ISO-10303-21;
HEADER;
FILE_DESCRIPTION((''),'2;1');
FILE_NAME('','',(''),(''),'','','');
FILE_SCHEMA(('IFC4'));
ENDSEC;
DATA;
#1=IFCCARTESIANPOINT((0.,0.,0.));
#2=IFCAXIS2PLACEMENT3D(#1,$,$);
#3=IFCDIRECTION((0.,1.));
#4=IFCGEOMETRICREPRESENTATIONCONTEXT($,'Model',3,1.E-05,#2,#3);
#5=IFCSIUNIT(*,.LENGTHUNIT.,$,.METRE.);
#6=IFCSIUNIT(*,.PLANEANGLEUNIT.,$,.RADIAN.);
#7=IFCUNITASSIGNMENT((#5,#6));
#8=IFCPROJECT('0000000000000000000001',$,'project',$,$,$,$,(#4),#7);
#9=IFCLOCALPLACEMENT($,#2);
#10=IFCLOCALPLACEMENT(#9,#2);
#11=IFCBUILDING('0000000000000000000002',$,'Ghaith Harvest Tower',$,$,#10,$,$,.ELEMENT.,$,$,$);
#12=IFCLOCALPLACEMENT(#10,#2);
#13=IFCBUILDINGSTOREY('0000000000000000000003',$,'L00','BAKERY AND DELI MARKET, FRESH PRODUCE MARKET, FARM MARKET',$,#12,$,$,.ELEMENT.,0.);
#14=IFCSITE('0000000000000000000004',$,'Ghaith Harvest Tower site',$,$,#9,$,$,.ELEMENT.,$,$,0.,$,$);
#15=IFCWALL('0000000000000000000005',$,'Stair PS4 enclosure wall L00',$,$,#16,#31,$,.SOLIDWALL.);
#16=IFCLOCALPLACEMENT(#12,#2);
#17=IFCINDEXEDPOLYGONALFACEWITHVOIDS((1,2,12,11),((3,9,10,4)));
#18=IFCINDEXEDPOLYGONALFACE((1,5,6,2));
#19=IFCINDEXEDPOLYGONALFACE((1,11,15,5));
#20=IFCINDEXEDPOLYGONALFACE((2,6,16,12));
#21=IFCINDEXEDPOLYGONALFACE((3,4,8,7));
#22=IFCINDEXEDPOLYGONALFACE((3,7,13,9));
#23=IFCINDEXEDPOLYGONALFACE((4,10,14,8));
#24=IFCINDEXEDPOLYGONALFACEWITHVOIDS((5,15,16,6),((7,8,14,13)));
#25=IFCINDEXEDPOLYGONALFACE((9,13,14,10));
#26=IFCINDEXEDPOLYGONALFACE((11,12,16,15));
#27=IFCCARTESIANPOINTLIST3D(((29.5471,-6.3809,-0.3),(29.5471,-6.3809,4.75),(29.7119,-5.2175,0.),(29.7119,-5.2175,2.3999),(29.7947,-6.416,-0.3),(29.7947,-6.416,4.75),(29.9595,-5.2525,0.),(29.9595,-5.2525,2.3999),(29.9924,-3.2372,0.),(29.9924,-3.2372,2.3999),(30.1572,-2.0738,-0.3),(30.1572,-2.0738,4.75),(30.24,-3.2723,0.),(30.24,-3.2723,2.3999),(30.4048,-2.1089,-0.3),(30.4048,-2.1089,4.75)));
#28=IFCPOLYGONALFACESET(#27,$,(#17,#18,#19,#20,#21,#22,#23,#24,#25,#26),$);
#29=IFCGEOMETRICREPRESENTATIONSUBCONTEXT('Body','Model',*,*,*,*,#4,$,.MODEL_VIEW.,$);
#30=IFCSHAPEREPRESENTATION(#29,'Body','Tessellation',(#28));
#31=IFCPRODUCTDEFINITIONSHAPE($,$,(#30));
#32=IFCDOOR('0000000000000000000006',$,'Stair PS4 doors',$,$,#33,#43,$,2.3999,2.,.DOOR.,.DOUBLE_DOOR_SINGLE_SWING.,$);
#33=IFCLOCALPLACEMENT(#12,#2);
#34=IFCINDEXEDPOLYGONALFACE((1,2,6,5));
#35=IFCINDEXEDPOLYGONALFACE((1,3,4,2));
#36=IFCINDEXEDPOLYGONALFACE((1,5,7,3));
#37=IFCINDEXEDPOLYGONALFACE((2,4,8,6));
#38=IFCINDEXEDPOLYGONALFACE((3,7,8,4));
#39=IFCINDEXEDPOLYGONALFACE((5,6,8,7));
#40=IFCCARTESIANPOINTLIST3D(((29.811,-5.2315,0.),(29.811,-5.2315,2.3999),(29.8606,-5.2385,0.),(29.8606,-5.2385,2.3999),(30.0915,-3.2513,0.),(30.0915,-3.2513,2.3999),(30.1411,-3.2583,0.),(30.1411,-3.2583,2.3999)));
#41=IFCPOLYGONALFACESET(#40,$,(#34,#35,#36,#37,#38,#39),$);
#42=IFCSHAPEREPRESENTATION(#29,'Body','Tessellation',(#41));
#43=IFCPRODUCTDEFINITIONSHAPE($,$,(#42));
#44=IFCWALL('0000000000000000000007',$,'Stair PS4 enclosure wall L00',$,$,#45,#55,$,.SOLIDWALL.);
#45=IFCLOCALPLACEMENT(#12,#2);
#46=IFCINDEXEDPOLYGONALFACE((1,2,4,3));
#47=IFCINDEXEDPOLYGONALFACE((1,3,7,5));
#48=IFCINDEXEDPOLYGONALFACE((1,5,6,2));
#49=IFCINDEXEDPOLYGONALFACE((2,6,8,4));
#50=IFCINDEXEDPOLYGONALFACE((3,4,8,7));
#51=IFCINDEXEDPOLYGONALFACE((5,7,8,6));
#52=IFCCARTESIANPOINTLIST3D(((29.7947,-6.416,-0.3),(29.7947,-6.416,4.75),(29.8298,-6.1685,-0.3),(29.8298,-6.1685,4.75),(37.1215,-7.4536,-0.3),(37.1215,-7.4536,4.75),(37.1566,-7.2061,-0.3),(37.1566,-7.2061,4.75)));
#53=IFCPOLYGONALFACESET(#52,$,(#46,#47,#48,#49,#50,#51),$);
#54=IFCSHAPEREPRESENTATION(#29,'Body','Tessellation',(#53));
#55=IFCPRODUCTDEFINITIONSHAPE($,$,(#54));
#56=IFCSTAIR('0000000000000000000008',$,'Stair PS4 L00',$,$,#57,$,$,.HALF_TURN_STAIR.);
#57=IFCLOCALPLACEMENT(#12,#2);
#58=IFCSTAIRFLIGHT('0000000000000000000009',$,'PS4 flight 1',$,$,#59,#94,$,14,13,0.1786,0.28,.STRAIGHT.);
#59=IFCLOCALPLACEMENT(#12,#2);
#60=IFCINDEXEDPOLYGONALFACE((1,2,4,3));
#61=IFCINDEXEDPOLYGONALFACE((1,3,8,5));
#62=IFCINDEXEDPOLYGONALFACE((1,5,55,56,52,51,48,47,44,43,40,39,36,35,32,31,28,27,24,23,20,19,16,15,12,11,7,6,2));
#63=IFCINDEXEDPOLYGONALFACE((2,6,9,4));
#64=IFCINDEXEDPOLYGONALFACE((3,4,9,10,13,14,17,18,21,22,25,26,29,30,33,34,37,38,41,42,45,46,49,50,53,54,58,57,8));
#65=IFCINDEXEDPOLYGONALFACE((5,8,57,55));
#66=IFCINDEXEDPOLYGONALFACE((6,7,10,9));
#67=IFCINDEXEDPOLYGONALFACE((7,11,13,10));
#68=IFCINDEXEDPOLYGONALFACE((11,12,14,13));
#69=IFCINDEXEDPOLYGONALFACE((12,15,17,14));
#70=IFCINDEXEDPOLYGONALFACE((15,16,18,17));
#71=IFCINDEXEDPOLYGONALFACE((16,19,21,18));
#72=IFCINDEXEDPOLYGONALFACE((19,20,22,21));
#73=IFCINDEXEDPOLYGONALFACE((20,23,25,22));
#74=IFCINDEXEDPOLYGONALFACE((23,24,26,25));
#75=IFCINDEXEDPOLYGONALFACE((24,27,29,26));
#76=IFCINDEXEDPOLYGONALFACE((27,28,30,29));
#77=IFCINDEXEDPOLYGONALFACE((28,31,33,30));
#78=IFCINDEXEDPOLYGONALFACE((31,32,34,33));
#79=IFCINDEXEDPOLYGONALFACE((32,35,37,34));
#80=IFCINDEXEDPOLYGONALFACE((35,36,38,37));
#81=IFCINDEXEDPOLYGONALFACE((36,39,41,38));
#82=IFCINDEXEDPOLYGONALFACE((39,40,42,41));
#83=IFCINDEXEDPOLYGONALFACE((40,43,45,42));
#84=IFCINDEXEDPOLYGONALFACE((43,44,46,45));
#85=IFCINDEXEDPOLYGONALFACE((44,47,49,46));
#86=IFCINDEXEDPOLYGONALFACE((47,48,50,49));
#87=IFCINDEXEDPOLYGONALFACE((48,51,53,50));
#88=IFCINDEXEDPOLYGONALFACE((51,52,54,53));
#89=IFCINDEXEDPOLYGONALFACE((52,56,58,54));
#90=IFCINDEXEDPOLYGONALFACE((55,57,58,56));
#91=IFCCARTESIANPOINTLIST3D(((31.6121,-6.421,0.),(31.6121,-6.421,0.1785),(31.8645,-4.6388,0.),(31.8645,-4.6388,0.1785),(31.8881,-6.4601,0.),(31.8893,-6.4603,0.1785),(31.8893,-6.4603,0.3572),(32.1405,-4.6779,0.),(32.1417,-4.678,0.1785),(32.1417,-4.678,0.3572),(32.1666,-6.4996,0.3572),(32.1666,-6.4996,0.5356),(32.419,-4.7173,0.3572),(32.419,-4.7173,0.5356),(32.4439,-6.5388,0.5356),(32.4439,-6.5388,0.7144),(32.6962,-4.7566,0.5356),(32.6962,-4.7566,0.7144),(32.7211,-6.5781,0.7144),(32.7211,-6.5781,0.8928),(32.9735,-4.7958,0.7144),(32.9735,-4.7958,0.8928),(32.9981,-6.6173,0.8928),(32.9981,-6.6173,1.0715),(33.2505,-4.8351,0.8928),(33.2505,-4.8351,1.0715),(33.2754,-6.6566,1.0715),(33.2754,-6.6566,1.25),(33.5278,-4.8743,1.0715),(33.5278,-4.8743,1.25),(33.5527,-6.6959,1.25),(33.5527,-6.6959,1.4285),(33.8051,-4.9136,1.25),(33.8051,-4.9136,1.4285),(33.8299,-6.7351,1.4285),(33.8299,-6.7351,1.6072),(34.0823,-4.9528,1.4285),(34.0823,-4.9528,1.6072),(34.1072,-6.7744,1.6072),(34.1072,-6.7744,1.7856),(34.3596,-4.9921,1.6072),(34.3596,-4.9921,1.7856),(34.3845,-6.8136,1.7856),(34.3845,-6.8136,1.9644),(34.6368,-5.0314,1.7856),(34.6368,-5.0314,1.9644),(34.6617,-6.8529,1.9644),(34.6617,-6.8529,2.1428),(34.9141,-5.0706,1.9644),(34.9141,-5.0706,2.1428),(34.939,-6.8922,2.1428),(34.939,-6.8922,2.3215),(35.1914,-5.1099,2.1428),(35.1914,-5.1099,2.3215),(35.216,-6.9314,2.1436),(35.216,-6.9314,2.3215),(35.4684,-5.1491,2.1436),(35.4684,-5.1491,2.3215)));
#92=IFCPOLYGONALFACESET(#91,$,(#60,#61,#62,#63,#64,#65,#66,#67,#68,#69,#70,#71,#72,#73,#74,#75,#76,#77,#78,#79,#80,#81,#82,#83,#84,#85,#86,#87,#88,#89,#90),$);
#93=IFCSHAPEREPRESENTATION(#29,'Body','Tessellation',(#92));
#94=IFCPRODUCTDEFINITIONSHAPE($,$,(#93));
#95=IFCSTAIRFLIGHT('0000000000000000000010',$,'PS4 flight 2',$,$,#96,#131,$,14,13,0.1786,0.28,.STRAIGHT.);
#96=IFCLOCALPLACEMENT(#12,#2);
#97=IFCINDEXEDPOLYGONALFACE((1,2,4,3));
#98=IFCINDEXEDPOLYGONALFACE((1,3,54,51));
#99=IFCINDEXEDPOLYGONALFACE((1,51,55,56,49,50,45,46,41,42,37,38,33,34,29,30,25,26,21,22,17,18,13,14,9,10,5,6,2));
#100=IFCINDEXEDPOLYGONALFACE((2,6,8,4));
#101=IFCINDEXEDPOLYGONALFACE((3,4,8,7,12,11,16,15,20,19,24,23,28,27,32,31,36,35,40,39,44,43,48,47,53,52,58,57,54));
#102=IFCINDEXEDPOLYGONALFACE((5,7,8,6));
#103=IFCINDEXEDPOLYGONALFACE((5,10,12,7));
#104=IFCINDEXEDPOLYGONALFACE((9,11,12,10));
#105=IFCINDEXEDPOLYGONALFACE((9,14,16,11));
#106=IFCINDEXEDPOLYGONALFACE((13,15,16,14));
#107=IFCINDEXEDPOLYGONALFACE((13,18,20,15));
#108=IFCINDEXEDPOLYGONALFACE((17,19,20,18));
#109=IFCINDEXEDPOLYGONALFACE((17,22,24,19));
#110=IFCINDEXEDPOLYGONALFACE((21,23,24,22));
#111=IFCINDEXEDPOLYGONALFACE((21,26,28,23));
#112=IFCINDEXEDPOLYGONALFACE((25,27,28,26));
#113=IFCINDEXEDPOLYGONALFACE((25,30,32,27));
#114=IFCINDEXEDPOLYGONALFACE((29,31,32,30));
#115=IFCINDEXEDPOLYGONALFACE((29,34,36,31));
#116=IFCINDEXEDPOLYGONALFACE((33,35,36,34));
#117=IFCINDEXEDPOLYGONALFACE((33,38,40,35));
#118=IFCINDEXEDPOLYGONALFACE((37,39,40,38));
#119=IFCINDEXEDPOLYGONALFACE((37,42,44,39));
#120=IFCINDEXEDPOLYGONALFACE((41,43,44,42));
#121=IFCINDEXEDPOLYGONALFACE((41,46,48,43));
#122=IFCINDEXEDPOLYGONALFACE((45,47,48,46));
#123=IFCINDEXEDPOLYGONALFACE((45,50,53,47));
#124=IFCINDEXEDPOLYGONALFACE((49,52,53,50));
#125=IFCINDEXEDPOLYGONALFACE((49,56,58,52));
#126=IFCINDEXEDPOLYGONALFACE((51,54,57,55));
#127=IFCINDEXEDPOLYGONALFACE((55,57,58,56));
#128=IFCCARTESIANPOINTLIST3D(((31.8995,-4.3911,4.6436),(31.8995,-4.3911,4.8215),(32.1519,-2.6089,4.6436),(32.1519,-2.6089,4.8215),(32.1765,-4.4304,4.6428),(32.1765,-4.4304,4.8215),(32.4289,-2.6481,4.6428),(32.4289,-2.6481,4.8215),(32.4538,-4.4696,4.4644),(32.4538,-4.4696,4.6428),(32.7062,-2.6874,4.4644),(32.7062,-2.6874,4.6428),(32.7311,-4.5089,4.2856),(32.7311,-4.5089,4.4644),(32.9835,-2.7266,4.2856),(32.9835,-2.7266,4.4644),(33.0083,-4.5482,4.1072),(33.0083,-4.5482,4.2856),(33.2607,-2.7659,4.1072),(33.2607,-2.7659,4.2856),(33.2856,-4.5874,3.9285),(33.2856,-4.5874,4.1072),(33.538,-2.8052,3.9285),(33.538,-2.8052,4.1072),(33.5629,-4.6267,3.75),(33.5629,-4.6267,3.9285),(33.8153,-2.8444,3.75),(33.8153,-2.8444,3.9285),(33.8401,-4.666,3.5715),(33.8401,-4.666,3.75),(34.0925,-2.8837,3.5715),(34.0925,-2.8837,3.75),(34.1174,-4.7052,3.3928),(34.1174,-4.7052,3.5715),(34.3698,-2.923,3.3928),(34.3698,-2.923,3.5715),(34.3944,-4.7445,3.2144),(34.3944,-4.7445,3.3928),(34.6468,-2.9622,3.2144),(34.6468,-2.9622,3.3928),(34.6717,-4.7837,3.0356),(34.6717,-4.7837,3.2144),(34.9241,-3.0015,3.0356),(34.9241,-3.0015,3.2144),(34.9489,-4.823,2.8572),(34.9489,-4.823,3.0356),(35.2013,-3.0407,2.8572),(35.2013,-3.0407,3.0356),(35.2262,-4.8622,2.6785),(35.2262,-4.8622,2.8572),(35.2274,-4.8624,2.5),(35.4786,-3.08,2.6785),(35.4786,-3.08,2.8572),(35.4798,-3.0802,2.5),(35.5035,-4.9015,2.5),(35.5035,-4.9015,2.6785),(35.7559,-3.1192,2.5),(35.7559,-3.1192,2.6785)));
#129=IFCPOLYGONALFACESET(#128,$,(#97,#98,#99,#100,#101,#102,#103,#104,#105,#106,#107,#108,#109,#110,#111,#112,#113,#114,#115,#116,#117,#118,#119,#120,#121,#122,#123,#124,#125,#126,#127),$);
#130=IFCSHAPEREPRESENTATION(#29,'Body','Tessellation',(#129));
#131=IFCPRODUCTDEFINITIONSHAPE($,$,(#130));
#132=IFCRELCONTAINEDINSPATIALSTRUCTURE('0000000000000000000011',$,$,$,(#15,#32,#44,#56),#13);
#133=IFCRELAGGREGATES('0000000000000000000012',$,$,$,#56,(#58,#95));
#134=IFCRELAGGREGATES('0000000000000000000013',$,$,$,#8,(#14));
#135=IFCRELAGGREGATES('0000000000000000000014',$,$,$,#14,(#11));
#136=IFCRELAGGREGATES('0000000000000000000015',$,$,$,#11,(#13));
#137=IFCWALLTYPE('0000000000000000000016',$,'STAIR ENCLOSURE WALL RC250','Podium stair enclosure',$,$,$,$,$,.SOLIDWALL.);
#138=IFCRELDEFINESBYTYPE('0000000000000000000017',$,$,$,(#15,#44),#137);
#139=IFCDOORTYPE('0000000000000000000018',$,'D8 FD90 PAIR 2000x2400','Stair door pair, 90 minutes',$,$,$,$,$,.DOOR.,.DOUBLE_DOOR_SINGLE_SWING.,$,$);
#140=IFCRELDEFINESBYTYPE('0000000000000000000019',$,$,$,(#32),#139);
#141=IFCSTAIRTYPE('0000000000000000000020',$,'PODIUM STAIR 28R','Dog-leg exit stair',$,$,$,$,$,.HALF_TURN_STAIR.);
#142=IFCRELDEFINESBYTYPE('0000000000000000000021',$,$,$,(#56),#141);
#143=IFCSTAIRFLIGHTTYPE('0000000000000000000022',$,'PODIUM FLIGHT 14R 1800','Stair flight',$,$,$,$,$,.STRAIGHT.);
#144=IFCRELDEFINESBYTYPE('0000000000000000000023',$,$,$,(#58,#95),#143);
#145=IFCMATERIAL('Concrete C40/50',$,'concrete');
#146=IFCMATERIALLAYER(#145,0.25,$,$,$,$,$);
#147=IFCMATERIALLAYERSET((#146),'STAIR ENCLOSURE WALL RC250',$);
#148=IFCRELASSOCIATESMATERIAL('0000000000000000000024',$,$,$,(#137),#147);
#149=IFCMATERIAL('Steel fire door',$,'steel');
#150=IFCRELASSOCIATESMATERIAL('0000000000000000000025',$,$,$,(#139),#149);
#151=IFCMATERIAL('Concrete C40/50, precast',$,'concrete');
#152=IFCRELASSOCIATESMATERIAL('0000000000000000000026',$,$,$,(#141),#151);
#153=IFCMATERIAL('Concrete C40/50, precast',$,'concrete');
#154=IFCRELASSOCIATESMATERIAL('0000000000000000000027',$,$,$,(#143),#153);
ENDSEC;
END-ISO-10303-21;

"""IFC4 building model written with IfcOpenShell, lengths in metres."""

from ifc_helpers import new_model, si_unit, direction, frame, frame_2d, origin, place, context, subcontext, project, spatial, polyline, rectangle, outline, extrude, material, layer, layer_set, type_object, element, fill, aggregate, save


model = new_model("IFC4")

# Units and contexts
model_context = context("Model", 3, precision=1e-05, world=origin(), true_north=direction((0.0, 1.0)))
body_context = subcontext(model_context, "Body", "Model", "MODEL_VIEW")
ifc_project = project(units=[si_unit("LENGTHUNIT", "METRE"), si_unit("PLANEANGLEUNIT", "RADIAN")], contexts=[model_context])

# Site, building, storey
site_placement = place(None, origin())
site = spatial("IfcSite", under=ifc_project, at=site_placement, Name="Ghaith Harvest Tower site", CompositionType="ELEMENT", RefElevation=0.0)
building_placement = place(site_placement, origin())
building = spatial("IfcBuilding", under=site, at=building_placement, Name="Ghaith Harvest Tower", CompositionType="ELEMENT")
storey_placement = place(building_placement, origin())
storey = spatial("IfcBuildingStorey", under=building, at=storey_placement, Name="L00", Description="BAKERY AND DELI MARKET, FRESH PRODUCE MARKET, FARM MARKET", CompositionType="ELEMENT", Elevation=0.0)

# Wall, opening, door
ifc_material_1 = material(Name="Concrete C40/50", Category="concrete")
ifc_layer_1 = layer(ifc_material_1, 0.25)
ifc_layer_set_1 = layer_set([ifc_layer_1], Name="STAIR ENCLOSURE WALL RC250")
wall_type = type_object("IfcWallType", Name="STAIR ENCLOSURE WALL RC250", Description="Podium stair enclosure", PredefinedType="SOLIDWALL", material=ifc_layer_set_1)
wall_1_placement = place(storey_placement, frame((29.6709, -6.3984, -0.3), z_axis=(0.0, 0.0, 1.0), x_axis=(0.140251, 0.990116, 0.0)))
wall_1 = element("IfcWall", 1, at=wall_1_placement, inside=storey, type_object=wall_type, Name="Stair PS4 enclosure wall L00", PredefinedType="SOLIDWALL", context=body_context, shape_type="SweptSolid", body=[
    extrude(rectangle(XDim=4.3501, YDim=0.25, at=frame_2d((2.175, 0.0))), origin(), (0.0, 0.0, 1.0), 5.05),
])
opening_placement = place(wall_1_placement, frame((1.175, 0.0, 0.3)))
opening = element("IfcOpeningElement", 2, at=opening_placement, cuts=wall_1, PredefinedType="OPENING", context=body_context, shape_type="SweptSolid", body=[
    extrude(rectangle(XDim=2.0, YDim=2.3999, at=frame_2d((1.0, 1.2))), frame((0.0, 0.135, 0.0), z_axis=(0.0, -1.0, 0.0), x_axis=(1.0, 0.0, 0.0)), (0.0, 0.0, 1.0), 0.27),
])
ifc_material_2 = material(Name="Steel fire door", Category="steel")
door_type = type_object("IfcDoorType", Name="D8 FD90 PAIR 2000x2400", Description="Stair door pair, 90 minutes", OperationType="DOUBLE_DOOR_SINGLE_SWING", PredefinedType="DOOR", material=ifc_material_2)
door_placement = place(opening_placement, origin())
door = element("IfcDoor", 3, at=door_placement, inside=storey, type_object=door_type, Name="Stair PS4 doors", OperationType="DOUBLE_DOOR_SINGLE_SWING", OverallHeight=2.3999, OverallWidth=2.0, PredefinedType="DOOR", context=body_context, shape_type="SweptSolid", body=[
    extrude(rectangle(XDim=2.0, YDim=2.3999, at=frame_2d((1.0, 1.2))), frame((0.0, 0.0249, 0.0), z_axis=(0.0, -1.0, 0.0), x_axis=(1.0, 0.0, 0.0)), (0.0, 0.0, 1.0), 0.05),
])
fill(opening, door)

# Wall
wall_2_placement = place(storey_placement, frame((29.8123, -6.2922, -0.3), z_axis=(0.0, 0.0, 1.0), x_axis=(0.990121, -0.140216, 0.0)))
element("IfcWall", 4, at=wall_2_placement, inside=storey, type_object=wall_type, Name="Stair PS4 enclosure wall L00", PredefinedType="SOLIDWALL", context=body_context, shape_type="SweptSolid", body=[
    extrude(rectangle(XDim=7.3999, YDim=0.25, at=frame_2d((3.7, 0.0))), origin(), (0.0, 0.0, 1.0), 5.05),
])

# Stair, stair flights
ifc_material_3 = material(Name="Concrete C40/50, precast", Category="concrete")
stair_type = type_object("IfcStairType", Name="PODIUM STAIR 28R", Description="Dog-leg exit stair", PredefinedType="HALF_TURN_STAIR", material=ifc_material_3)
stair_placement = place(storey_placement, origin())
stair = element("IfcStair", 5, at=stair_placement, inside=storey, type_object=stair_type, Name="Stair PS4 L00", PredefinedType="HALF_TURN_STAIR")
ifc_material_4 = material(Name="Concrete C40/50, precast", Category="concrete")
stair_flight_type = type_object("IfcStairFlightType", Name="PODIUM FLIGHT 14R 1800", Description="Stair flight", PredefinedType="STRAIGHT", material=ifc_material_4)
stair_flight_1_placement = place(storey_placement, frame((31.7383, -5.5298, 0.0), z_axis=(0.0, 0.0, 1.0), x_axis=(0.990121, -0.140213, 0.0)))
stair_flight_1 = element("IfcStairFlight", 6, at=stair_flight_1_placement, type_object=stair_flight_type, Name="PS4 flight 1", NumberOfRisers=14, NumberOfTreads=13, PredefinedType="STRAIGHT", RiserHeight=0.1786, TreadLength=0.28, context=body_context, shape_type="SweptSolid", body=[
    extrude(outline(polyline([(0.0, 0.0), (0.0, 0.1785), (0.28, 0.1785), (0.28, 0.3572), (0.5601, 0.3572), (0.5601, 0.5356), (0.8401, 0.5356), (0.8401, 0.7144), (1.1201, 0.7144), (1.1201, 0.8928), (1.3999, 0.8928), (1.3999, 1.0715), (1.6799, 1.0715), (1.6799, 1.25), (1.96, 1.25), (1.96, 1.4285), (2.24, 1.4285), (2.24, 1.6072), (2.52, 1.6072), (2.52, 1.7856), (2.8, 1.7856), (2.8, 1.9644), (3.0801, 1.9644), (3.0801, 2.1428), (3.3601, 2.1428), (3.3601, 2.3215), (3.6399, 2.3215), (3.6399, 2.5), (3.6399, 2.1436), (0.2788, 0.0), (0.0, 0.0)])), frame((0.0, 0.8999, 0.0), z_axis=(0.0, -1.0, 0.0), x_axis=(1.0, 0.0, 0.0)), (0.0, 0.0, 1.0), 1.8),
])
stair_flight_2_placement = place(storey_placement, frame((35.6296, -4.0105, 2.5), z_axis=(0.0, 0.0, 1.0), x_axis=(-0.990121, 0.140213, 0.0)))
stair_flight_2 = element("IfcStairFlight", 7, at=stair_flight_2_placement, type_object=stair_flight_type, Name="PS4 flight 2", NumberOfRisers=14, NumberOfTreads=13, PredefinedType="STRAIGHT", RiserHeight=0.1786, TreadLength=0.28, context=body_context, shape_type="SweptSolid", body=[
    extrude(outline(polyline([(0.0, 0.0), (0.0, 0.1785), (0.28, 0.1785), (0.28, 0.3572), (0.5601, 0.3572), (0.5601, 0.5356), (0.8401, 0.5356), (0.8401, 0.7144), (1.1201, 0.7144), (1.1201, 0.8928), (1.3999, 0.8928), (1.3999, 1.0715), (1.6799, 1.0715), (1.6799, 1.25), (1.96, 1.25), (1.96, 1.4285), (2.24, 1.4285), (2.24, 1.6072), (2.52, 1.6072), (2.52, 1.7856), (2.8, 1.7856), (2.8, 1.9644), (3.0801, 1.9644), (3.0801, 2.1428), (3.3601, 2.1428), (3.3601, 2.3215), (3.6399, 2.3215), (3.6399, 2.5), (3.6399, 2.1436), (0.2788, 0.0), (0.0, 0.0)])), frame((0.0, 0.8999, 0.0), z_axis=(0.0, -1.0, 0.0), x_axis=(1.0, 0.0, 0.0)), (0.0, 0.0, 1.0), 1.8),
])
aggregate(stair, [stair_flight_1, stair_flight_2])

save(model, "model.ifc")
